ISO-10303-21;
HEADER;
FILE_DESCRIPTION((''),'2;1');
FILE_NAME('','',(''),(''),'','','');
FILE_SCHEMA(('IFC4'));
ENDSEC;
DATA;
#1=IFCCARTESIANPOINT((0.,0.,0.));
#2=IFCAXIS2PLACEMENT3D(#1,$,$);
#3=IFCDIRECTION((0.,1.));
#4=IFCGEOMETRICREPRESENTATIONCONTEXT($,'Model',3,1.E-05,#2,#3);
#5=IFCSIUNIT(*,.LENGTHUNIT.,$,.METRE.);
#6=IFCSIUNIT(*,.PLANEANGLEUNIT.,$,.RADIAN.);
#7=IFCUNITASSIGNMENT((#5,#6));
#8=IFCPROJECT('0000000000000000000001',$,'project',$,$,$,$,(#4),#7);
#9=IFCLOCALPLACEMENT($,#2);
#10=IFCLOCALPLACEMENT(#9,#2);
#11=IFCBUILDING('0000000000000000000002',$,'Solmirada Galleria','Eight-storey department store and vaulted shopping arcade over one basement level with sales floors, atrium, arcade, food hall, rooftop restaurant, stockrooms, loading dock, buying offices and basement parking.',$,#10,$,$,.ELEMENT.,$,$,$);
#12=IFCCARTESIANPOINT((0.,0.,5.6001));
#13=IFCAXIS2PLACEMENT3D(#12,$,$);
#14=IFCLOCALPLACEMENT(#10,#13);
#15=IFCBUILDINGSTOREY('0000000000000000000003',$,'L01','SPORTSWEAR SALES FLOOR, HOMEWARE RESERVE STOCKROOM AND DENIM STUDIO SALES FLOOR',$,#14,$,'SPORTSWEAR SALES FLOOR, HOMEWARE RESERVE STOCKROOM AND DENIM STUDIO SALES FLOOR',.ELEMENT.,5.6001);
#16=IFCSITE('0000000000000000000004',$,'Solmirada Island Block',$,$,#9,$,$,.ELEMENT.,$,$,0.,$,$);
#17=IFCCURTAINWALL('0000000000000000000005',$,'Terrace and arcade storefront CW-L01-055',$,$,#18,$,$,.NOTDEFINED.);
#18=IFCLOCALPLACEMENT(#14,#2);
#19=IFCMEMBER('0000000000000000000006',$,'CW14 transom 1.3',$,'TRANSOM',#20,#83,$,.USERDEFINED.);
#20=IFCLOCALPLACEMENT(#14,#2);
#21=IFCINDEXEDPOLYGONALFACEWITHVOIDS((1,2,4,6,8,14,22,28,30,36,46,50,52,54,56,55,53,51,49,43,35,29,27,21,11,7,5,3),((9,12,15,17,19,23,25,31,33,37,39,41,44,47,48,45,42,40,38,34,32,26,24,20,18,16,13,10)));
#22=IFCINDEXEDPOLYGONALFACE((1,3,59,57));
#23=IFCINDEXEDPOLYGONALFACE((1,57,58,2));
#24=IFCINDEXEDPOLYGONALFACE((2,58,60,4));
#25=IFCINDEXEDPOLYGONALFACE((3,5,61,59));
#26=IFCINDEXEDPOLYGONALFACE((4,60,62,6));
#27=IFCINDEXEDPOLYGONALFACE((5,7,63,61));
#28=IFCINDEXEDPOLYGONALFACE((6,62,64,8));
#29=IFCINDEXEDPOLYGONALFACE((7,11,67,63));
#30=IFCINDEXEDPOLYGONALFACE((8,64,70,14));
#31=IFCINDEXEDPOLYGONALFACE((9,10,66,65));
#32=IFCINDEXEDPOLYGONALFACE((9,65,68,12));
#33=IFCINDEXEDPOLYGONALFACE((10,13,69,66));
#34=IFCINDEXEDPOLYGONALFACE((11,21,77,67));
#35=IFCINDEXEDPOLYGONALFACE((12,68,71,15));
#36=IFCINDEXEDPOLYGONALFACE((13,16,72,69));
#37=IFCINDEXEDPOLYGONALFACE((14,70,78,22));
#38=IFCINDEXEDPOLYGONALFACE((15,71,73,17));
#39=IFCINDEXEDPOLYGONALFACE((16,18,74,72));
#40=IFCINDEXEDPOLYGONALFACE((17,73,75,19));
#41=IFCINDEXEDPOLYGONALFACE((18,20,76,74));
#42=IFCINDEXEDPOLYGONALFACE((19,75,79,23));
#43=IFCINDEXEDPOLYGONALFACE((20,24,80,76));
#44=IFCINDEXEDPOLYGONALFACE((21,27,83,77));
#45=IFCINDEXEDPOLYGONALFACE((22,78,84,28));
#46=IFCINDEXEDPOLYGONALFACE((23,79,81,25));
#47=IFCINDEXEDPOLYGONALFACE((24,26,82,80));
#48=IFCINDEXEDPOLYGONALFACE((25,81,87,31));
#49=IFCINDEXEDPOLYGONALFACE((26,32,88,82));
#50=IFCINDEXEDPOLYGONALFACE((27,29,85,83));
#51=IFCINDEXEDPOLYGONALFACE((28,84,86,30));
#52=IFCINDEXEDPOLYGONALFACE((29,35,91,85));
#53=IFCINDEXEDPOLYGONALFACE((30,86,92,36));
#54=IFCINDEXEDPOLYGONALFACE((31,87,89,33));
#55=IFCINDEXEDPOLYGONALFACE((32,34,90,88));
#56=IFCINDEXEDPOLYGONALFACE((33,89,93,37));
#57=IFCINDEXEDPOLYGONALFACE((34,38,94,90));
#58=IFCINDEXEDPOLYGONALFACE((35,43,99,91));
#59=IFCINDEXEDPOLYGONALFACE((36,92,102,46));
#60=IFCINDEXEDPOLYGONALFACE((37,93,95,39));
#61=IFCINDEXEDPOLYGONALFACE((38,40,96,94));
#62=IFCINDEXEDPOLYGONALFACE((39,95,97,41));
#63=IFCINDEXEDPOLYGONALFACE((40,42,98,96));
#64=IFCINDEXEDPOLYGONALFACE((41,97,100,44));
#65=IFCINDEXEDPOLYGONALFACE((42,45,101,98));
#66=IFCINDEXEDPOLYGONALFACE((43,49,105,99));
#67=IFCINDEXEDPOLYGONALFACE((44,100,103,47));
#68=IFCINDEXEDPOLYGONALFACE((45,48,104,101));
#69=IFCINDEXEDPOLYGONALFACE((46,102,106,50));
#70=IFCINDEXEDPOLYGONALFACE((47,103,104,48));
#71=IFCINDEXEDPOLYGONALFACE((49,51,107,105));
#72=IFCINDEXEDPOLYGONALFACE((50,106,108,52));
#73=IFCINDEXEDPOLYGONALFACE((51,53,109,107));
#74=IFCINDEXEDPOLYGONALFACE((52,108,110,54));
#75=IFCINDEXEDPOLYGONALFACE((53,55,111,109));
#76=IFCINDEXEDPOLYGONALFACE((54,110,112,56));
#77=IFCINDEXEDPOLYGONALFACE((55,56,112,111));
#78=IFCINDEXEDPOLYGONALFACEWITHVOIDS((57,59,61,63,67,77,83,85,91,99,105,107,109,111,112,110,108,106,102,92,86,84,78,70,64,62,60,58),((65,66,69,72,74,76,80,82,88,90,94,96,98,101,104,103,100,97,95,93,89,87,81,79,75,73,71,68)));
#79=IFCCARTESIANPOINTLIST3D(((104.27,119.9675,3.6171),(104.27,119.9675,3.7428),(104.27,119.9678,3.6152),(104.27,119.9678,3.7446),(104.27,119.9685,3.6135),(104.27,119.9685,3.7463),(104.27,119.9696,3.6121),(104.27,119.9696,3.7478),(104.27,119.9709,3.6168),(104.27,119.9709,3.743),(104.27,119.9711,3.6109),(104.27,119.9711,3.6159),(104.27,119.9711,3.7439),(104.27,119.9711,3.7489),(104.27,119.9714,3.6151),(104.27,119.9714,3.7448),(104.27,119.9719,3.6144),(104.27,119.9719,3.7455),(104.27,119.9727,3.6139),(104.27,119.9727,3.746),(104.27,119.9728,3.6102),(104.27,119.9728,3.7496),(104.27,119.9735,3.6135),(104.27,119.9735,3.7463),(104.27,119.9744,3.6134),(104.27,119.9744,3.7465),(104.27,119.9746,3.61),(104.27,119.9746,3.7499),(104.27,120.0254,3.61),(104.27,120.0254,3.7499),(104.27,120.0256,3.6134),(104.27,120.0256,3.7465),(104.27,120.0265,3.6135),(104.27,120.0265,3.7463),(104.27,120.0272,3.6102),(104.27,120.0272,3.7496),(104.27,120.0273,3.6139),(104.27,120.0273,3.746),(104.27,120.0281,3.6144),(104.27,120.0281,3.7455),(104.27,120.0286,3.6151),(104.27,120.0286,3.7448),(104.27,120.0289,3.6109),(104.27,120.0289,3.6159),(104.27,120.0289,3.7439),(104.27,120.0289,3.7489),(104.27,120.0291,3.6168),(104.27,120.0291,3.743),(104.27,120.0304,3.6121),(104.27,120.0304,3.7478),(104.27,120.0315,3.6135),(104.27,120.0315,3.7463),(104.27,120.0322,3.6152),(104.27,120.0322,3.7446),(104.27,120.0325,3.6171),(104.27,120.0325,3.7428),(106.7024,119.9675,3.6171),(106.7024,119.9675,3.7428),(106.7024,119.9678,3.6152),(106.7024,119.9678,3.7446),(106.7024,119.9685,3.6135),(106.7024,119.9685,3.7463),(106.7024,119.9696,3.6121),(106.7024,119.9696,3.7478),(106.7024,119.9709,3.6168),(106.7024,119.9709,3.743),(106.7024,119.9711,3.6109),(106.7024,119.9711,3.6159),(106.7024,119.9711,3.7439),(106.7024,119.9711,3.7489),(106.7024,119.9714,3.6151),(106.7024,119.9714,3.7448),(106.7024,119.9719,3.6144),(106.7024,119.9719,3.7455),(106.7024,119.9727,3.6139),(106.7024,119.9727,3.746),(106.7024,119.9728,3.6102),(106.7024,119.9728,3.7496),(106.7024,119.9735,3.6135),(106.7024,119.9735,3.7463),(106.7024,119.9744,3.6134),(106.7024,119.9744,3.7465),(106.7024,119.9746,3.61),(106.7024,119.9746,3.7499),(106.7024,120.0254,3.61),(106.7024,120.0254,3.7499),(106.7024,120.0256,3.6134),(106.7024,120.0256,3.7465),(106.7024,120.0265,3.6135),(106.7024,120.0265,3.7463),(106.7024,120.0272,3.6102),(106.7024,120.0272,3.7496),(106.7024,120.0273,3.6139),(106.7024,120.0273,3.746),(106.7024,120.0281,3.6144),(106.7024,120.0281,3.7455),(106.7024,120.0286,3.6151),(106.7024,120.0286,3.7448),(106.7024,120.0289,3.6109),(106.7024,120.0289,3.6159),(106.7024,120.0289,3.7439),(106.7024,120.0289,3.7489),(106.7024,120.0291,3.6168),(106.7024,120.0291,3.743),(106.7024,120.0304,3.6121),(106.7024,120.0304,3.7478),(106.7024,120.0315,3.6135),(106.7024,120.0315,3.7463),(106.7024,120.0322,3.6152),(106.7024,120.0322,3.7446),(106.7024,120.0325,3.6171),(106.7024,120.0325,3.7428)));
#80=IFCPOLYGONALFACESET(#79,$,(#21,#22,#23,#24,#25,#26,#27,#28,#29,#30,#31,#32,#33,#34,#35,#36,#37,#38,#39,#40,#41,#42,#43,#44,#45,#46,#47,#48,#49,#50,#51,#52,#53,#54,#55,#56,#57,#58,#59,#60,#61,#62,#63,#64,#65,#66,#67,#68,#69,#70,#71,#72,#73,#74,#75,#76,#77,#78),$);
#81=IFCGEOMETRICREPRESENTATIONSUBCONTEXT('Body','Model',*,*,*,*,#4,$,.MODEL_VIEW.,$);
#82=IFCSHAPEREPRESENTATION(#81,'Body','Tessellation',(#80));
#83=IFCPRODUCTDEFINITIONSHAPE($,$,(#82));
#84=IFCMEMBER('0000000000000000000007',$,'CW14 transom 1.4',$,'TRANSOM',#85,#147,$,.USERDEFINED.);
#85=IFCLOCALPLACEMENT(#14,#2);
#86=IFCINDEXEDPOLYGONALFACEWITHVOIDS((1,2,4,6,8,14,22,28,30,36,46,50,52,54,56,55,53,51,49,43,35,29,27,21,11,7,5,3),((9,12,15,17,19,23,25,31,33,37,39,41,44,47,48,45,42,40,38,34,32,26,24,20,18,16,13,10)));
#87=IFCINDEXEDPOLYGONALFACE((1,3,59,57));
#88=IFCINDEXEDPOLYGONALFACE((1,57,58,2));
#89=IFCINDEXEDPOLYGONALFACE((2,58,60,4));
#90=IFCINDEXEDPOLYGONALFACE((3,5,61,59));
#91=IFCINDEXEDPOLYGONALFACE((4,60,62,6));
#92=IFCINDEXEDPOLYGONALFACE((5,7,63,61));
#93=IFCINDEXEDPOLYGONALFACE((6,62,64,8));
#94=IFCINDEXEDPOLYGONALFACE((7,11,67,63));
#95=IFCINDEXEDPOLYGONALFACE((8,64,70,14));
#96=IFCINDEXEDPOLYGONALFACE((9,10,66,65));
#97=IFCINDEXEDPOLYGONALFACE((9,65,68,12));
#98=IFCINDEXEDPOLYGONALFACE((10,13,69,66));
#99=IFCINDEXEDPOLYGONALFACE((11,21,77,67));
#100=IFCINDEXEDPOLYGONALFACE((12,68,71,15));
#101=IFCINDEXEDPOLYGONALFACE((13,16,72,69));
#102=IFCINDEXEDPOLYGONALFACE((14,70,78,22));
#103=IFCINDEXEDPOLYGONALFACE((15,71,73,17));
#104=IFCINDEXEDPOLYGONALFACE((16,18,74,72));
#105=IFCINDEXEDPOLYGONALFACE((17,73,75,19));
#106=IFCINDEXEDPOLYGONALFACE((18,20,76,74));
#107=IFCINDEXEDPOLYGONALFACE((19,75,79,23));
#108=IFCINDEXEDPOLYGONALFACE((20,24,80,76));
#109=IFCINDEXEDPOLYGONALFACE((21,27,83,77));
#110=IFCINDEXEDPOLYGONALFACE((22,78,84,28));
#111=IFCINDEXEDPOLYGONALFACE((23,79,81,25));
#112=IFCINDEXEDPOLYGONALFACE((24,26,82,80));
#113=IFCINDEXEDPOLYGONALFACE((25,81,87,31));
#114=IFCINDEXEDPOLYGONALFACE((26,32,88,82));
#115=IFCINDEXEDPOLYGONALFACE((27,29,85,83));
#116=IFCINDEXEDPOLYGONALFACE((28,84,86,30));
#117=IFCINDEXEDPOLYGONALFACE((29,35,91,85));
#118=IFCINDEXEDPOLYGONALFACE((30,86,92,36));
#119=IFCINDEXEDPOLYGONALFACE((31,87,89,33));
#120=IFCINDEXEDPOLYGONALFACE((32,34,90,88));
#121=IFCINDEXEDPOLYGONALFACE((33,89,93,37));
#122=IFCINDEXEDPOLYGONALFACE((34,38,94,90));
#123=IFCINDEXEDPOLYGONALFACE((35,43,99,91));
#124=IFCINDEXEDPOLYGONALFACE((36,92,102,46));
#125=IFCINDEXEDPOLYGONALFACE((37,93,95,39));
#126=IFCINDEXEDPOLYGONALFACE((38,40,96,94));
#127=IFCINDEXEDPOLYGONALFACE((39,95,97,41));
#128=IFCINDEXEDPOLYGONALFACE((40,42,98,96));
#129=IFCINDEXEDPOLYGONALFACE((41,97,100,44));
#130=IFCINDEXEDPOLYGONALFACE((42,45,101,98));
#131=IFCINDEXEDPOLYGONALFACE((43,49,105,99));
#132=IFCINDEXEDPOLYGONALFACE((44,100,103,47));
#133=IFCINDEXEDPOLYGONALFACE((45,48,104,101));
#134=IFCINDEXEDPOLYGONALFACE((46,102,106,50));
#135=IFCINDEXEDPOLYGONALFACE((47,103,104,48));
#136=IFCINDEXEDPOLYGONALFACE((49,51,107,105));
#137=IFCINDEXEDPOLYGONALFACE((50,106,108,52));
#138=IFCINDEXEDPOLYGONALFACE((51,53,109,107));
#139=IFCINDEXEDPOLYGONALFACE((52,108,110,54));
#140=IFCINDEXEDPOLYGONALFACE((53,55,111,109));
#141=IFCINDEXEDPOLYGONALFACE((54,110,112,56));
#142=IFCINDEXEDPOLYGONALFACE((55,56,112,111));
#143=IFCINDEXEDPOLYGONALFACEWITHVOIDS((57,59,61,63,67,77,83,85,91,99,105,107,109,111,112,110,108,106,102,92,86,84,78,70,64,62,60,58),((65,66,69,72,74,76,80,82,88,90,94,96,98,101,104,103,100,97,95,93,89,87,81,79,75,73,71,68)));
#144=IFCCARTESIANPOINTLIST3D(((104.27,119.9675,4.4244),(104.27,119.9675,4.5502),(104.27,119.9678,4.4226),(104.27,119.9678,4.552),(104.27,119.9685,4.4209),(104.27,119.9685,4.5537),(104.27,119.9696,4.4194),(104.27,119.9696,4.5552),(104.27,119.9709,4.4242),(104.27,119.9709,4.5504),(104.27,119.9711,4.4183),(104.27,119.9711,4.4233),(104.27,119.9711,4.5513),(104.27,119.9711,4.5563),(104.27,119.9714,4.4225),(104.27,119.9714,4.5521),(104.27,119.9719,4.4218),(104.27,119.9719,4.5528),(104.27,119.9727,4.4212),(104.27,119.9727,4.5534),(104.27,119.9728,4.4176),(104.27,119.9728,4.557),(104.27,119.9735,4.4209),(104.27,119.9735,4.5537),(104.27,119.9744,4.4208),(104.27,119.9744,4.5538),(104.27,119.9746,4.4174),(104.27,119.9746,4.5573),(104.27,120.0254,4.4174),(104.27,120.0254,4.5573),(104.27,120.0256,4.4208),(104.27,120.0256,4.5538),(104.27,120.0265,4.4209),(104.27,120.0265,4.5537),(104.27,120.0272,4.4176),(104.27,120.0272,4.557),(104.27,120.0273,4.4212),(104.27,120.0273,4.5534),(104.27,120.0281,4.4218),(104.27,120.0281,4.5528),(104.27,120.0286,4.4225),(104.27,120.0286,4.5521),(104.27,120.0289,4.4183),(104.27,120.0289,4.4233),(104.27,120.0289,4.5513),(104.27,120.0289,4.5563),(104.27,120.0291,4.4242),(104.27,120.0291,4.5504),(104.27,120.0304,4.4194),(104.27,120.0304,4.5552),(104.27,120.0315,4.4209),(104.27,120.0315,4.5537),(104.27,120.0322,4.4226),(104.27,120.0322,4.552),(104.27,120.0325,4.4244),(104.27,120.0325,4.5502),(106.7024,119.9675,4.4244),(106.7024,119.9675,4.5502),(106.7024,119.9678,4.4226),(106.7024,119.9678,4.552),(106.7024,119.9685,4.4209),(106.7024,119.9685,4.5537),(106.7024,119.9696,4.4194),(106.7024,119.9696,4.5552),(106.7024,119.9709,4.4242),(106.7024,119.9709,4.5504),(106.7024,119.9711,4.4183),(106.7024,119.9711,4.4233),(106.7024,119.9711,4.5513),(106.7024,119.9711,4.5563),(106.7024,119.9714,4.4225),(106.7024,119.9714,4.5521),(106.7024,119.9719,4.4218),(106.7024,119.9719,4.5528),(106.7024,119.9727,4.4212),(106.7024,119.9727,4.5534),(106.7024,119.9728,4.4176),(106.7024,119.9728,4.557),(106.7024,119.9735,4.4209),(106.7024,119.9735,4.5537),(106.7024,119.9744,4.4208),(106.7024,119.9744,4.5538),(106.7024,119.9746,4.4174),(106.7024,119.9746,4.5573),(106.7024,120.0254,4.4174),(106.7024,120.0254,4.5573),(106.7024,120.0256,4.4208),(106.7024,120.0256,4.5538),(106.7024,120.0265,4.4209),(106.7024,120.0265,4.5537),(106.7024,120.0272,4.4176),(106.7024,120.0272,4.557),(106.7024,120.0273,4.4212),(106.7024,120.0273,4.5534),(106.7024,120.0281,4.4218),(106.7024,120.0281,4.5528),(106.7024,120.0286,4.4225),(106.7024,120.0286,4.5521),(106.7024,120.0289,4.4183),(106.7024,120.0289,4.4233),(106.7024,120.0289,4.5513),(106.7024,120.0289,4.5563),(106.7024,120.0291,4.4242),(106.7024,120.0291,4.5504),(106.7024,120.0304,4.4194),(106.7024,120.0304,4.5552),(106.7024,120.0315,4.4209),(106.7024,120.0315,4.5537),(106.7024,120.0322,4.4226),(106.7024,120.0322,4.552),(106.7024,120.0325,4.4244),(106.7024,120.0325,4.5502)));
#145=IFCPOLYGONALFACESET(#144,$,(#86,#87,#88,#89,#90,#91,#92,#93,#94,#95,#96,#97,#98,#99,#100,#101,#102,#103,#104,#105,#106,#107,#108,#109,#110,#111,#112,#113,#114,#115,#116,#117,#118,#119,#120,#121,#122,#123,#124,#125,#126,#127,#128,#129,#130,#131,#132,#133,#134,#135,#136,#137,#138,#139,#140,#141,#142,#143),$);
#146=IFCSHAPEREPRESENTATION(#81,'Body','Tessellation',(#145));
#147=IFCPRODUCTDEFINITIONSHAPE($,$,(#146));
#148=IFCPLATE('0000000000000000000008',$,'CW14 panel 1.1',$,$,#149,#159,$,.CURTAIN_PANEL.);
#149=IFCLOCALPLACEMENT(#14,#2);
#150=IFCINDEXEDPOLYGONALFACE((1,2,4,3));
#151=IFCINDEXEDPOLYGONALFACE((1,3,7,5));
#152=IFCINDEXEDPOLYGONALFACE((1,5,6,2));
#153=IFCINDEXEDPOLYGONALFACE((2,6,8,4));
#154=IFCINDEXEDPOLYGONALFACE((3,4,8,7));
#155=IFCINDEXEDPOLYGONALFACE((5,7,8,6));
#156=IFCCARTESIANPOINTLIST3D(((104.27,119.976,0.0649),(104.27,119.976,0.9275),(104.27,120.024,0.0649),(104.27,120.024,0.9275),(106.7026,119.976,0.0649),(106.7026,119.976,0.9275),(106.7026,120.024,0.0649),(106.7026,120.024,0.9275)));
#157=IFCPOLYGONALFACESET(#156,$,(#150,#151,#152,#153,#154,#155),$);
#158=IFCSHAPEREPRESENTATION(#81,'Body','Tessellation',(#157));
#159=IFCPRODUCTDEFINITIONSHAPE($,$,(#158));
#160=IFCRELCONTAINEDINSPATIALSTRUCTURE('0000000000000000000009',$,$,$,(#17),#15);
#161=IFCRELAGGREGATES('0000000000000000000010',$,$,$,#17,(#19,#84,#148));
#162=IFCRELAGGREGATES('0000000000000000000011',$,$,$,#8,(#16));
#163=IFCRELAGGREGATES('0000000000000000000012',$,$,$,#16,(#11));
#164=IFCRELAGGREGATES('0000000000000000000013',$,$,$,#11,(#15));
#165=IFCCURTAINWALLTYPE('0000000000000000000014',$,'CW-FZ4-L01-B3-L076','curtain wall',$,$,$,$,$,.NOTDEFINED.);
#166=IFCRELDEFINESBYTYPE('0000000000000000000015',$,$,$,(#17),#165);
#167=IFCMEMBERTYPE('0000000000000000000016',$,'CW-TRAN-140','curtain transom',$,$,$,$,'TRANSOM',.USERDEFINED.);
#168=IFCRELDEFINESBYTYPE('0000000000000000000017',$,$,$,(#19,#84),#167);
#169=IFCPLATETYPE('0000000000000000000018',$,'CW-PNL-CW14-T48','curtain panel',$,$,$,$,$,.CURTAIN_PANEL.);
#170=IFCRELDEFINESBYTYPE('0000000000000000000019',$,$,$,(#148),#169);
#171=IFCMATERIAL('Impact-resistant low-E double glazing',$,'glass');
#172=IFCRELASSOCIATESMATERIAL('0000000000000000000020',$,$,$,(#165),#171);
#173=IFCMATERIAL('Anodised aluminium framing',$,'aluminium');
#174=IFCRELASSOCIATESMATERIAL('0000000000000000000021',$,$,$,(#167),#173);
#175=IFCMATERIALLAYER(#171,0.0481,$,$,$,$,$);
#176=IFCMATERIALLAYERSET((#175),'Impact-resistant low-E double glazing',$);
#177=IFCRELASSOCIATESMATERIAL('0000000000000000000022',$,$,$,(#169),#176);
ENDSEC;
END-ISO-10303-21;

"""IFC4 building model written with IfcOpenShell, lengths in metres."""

from ifc_helpers import new_model, si_unit, direction, frame, origin, origin_2d, place, context, subcontext, project, spatial, rectangle, hollow_rectangle, extrude, material, layer, layer_set, material_profile, profile_set, type_object, element, aggregate, save


model = new_model("IFC4")

# Units and contexts
model_context = context("Model", 3, precision=1e-05, world=origin(), true_north=direction((0.0, 1.0)))
body_context = subcontext(model_context, "Body", "Model", "MODEL_VIEW")
ifc_project = project(units=[si_unit("LENGTHUNIT", "METRE"), si_unit("PLANEANGLEUNIT", "RADIAN")], contexts=[model_context])

# Site, building, storey
site_placement = place(None, origin())
site = spatial("IfcSite", under=ifc_project, at=site_placement, Name="Solmirada Island Block", CompositionType="ELEMENT", RefElevation=0.0)
building_placement = place(site_placement, origin())
building = spatial("IfcBuilding", under=site, at=building_placement, Name="Solmirada Galleria", Description="Eight-storey department store and vaulted shopping arcade over one basement level with sales floors, atrium, arcade, food hall, rooftop restaurant, stockrooms, loading dock, buying offices and basement parking.", CompositionType="ELEMENT")
storey_placement = place(building_placement, frame((0.0, 0.0, 5.6001)))
storey = spatial("IfcBuildingStorey", under=building, at=storey_placement, Name="L01", Description="SPORTSWEAR SALES FLOOR, HOMEWARE RESERVE STOCKROOM AND DENIM STUDIO SALES FLOOR", LongName="SPORTSWEAR SALES FLOOR, HOMEWARE RESERVE STOCKROOM AND DENIM STUDIO SALES FLOOR", CompositionType="ELEMENT", Elevation=5.6001)

# Curtain wall, members, plate
ifc_material_1 = material(Name="Impact-resistant low-E double glazing", Category="glass")
curtain_wall_type = type_object("IfcCurtainWallType", Name="CW-FZ4-L01-B3-L076", Description="curtain wall", PredefinedType="NOTDEFINED", material=ifc_material_1)
curtain_wall_placement = place(storey_placement, origin())
curtain_wall = element("IfcCurtainWall", 1, at=curtain_wall_placement, inside=storey, type_object=curtain_wall_type, Name="Terrace and arcade storefront CW-L01-055", PredefinedType="NOTDEFINED")
ifc_material_2 = material(Name="Anodised aluminium framing", Category="aluminium")
ifc_material_profile_1 = material_profile(ifc_material_2, hollow_rectangle(XDim=0.0649, YDim=0.1399, WallThickness=0.0034, InnerFilletRadius=0.0034, OuterFilletRadius=0.0071, at=origin_2d()), Name="ALU-TRAN-140X65")
ifc_profile_set_1 = profile_set([ifc_material_profile_1], Name="Anodised aluminium framing")
member_type_1 = type_object("IfcMemberType", Name="CW-TRAN-140", Description="curtain transom", ElementType="TRANSOM", PredefinedType="USERDEFINED", material=ifc_profile_set_1)
member_1_placement = place(storey_placement, frame((104.27, 120.0, 3.6799), z_axis=(1.0, 0.0, 0.0), x_axis=(0.0, 1.0, 0.0)))
member_1 = element("IfcMember", 2, at=member_1_placement, type_object=member_type_1, Name="CW14 transom 1.3", ObjectType="TRANSOM", PredefinedType="USERDEFINED", context=body_context, shape_type="SweptSolid", body=[
    extrude(hollow_rectangle(XDim=0.0649, YDim=0.1399, WallThickness=0.0034, InnerFilletRadius=0.0034, OuterFilletRadius=0.0071, at=origin_2d()), origin(), (0.0, 0.0, 1.0), 2.4324),
])
member_2_placement = place(storey_placement, frame((104.27, 120.0, 4.4873), z_axis=(1.0, 0.0, 0.0), x_axis=(0.0, 1.0, 0.0)))
member_2 = element("IfcMember", 3, at=member_2_placement, type_object=member_type_1, Name="CW14 transom 1.4", ObjectType="TRANSOM", PredefinedType="USERDEFINED", context=body_context, shape_type="SweptSolid", body=[
    extrude(hollow_rectangle(XDim=0.0649, YDim=0.1399, WallThickness=0.0034, InnerFilletRadius=0.0034, OuterFilletRadius=0.0071, at=origin_2d()), origin(), (0.0, 0.0, 1.0), 2.4324),
])
ifc_layer = layer(ifc_material_1, 0.0481)
ifc_layer_set = layer_set([ifc_layer], Name="Impact-resistant low-E double glazing")
plate_type = type_object("IfcPlateType", Name="CW-PNL-CW14-T48", Description="curtain panel", PredefinedType="CURTAIN_PANEL", material=ifc_layer_set)
plate_placement = place(storey_placement, frame((105.4863, 120.0, 0.0649), z_axis=(0.0, 0.0, 1.0), x_axis=(1.0, 0.0, 0.0)))
plate = element("IfcPlate", 4, at=plate_placement, type_object=plate_type, Name="CW14 panel 1.1", PredefinedType="CURTAIN_PANEL", context=body_context, shape_type="SweptSolid", body=[
    extrude(rectangle(XDim=2.4326, YDim=0.0481, at=origin_2d()), origin(), (0.0, 0.0, 1.0), 0.8625),
])
aggregate(curtain_wall, [member_1, member_2, plate])

save(model, "model.ifc")
